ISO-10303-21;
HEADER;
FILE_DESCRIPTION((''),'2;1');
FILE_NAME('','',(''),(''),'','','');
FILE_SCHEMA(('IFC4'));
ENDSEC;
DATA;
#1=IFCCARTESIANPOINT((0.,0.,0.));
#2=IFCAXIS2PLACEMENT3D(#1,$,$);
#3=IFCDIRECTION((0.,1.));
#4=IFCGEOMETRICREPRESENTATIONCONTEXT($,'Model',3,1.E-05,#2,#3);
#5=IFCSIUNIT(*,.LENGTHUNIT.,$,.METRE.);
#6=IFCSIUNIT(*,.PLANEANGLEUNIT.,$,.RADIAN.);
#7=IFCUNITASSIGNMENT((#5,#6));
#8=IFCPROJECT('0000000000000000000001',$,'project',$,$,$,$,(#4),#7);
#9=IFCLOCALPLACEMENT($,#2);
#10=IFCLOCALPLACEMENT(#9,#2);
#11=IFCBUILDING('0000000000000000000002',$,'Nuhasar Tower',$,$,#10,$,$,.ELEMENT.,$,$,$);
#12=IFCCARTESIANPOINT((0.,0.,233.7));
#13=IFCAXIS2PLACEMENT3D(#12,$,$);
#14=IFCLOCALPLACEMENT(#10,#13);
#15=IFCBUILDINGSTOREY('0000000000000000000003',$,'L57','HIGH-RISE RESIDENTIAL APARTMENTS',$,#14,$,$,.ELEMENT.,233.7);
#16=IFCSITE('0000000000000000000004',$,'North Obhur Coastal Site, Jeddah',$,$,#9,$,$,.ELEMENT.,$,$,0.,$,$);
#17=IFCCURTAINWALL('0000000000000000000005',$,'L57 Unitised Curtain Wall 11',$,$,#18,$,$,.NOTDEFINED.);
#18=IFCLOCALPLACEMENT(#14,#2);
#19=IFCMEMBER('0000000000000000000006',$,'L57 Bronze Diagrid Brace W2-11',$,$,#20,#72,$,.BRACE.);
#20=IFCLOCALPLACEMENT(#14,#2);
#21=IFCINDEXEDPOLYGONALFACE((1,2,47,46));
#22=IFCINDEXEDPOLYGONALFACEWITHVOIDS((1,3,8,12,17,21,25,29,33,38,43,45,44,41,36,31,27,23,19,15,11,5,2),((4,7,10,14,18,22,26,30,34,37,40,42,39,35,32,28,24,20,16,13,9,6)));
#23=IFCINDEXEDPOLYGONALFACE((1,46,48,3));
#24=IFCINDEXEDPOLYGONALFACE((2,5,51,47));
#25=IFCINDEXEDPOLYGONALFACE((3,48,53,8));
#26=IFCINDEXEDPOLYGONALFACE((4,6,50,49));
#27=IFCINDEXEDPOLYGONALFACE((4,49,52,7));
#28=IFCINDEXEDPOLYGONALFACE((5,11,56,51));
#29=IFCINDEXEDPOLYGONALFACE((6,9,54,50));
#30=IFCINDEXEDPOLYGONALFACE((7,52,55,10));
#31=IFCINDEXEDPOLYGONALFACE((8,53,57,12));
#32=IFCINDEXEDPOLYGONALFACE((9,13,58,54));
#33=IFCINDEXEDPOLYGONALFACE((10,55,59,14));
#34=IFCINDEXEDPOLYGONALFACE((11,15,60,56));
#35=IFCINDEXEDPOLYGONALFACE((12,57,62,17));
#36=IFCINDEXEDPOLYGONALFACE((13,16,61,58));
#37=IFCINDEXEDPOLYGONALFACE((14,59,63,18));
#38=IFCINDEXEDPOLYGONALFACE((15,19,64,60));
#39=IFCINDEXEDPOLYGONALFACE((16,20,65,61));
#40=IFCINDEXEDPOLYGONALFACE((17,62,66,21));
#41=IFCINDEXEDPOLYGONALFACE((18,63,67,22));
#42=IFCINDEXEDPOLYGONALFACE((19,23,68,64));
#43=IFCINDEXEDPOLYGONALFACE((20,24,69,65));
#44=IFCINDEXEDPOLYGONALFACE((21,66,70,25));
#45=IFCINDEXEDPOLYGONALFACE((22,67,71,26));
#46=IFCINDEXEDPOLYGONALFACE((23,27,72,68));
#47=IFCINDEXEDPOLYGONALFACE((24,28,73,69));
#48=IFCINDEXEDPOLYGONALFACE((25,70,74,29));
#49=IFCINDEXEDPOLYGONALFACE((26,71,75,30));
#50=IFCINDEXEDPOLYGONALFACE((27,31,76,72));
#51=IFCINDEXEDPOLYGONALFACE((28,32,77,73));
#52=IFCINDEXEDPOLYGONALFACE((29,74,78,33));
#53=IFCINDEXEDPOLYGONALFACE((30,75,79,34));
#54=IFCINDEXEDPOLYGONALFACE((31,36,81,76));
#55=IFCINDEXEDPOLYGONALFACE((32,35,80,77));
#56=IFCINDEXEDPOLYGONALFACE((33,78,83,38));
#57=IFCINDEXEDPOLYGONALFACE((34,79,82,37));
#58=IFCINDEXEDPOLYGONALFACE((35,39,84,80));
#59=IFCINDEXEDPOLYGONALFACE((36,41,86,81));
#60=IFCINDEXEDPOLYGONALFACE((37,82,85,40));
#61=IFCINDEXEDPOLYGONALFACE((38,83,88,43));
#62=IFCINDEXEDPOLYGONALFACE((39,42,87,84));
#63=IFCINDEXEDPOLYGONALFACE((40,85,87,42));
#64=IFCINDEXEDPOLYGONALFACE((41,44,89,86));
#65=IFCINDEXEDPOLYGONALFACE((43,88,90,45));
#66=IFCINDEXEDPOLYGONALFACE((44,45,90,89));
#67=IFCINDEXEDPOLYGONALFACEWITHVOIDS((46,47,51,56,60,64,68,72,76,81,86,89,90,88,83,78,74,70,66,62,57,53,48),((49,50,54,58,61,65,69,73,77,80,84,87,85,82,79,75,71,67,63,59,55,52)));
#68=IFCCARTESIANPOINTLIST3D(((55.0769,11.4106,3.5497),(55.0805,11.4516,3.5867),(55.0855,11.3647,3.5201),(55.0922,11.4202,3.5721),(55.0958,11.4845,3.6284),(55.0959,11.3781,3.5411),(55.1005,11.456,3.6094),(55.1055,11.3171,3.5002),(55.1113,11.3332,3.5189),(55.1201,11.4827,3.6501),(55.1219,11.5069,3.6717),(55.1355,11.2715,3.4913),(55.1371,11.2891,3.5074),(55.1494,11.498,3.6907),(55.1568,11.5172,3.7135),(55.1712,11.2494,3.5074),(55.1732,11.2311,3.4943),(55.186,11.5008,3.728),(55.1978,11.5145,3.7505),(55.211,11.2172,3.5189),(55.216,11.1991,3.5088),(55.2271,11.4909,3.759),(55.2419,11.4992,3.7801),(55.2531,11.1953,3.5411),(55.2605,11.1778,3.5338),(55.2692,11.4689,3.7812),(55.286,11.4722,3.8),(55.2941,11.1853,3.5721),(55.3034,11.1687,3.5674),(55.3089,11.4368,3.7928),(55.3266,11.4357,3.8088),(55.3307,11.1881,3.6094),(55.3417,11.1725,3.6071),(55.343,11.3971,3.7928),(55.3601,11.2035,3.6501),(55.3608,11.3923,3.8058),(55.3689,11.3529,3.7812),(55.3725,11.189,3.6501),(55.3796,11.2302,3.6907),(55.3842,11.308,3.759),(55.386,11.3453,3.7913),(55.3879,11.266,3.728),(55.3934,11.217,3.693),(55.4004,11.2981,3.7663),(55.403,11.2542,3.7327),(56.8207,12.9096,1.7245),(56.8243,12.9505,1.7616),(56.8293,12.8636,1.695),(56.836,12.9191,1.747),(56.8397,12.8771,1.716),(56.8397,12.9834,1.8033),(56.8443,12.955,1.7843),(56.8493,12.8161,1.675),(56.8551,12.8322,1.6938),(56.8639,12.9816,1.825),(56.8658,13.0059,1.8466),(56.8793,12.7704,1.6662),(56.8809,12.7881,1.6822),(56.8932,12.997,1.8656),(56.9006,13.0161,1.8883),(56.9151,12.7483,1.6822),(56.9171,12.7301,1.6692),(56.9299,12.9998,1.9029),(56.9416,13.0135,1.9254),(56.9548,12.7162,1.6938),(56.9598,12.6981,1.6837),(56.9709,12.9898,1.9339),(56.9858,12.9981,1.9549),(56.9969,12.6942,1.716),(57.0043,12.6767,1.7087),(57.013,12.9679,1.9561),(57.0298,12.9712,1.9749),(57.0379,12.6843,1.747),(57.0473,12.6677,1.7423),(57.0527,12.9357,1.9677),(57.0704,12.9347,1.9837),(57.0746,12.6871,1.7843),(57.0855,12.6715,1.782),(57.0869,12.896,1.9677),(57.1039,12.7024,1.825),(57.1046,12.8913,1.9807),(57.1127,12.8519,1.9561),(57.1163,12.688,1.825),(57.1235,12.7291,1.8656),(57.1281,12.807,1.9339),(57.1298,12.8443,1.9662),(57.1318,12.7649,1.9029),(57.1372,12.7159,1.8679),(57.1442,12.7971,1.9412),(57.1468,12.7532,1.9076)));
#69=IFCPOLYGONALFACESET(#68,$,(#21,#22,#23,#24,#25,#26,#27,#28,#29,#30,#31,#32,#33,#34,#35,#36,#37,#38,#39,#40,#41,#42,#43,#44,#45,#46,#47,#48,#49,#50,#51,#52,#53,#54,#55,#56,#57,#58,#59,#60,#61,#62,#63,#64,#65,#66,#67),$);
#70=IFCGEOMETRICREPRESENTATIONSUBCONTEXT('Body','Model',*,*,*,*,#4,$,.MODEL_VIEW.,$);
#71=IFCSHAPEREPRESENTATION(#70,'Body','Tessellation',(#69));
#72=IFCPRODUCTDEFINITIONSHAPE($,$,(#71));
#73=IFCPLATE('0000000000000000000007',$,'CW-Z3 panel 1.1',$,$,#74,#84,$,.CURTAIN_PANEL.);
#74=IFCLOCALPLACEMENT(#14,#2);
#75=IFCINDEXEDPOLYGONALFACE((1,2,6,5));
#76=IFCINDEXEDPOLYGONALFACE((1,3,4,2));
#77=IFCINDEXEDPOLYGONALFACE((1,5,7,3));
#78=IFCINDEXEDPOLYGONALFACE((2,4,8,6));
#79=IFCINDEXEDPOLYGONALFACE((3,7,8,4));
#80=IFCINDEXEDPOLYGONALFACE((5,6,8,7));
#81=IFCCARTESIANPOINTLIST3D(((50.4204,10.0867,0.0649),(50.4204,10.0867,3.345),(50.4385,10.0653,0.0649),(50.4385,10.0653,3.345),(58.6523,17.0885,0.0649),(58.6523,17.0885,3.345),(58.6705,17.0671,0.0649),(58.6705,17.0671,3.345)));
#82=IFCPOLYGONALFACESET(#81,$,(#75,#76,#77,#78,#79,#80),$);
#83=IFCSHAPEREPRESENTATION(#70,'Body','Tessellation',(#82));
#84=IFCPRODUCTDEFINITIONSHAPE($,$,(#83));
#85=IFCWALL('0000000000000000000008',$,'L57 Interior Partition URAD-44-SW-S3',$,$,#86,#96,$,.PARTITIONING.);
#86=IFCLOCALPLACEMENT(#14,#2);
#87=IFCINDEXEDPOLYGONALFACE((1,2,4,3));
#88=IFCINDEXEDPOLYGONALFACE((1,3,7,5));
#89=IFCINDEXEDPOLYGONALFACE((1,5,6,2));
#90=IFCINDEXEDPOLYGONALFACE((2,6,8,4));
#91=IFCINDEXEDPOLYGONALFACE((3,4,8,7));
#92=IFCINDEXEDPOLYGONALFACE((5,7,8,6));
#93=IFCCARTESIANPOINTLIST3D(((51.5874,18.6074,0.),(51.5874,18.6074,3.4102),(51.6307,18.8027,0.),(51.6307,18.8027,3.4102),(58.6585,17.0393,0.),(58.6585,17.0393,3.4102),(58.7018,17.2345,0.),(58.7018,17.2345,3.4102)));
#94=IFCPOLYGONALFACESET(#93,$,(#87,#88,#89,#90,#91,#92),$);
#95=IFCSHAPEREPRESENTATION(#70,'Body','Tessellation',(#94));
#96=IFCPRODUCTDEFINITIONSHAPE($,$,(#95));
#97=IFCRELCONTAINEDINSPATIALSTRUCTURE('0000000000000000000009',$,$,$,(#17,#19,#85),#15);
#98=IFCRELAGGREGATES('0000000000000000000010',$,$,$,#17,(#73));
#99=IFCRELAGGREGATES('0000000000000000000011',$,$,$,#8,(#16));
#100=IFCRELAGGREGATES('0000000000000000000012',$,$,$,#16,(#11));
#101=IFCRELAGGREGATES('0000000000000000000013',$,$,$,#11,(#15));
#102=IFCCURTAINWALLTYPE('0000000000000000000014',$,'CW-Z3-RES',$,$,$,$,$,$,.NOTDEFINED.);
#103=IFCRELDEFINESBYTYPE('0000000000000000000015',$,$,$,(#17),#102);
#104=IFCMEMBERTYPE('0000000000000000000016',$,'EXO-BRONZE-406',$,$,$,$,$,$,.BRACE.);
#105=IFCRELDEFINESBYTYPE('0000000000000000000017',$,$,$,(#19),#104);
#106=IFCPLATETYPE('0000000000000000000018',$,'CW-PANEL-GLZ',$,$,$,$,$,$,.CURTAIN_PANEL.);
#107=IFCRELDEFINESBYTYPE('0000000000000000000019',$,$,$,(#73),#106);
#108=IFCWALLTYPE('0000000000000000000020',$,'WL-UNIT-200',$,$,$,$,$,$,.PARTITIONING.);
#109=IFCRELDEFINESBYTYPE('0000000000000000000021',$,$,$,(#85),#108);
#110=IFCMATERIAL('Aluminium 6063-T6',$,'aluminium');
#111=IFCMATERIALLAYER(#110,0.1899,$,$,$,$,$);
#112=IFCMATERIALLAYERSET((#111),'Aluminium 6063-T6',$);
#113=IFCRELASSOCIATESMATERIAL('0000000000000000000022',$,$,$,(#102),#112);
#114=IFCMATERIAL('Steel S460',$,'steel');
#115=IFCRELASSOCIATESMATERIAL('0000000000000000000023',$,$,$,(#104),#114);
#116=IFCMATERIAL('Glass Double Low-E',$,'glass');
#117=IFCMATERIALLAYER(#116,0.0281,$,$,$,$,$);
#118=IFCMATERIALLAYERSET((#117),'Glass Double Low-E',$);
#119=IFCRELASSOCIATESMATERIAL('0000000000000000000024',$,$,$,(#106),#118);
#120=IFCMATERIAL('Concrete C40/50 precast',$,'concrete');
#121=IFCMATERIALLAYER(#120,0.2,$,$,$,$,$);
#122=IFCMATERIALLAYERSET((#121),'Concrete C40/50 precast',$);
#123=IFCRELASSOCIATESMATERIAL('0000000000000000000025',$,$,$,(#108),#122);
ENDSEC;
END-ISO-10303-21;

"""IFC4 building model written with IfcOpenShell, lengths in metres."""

from ifc_helpers import new_model, si_unit, direction, frame, frame_2d, origin, origin_2d, place, context, subcontext, project, spatial, rectangle, hollow_circle, extrude, material, layer, layer_set, material_profile, profile_set, type_object, element, aggregate, save


model = new_model("IFC4")

# Units and contexts
model_context = context("Model", 3, precision=1e-05, world=origin(), true_north=direction((0.0, 1.0)))
body_context = subcontext(model_context, "Body", "Model", "MODEL_VIEW")
ifc_project = project(units=[si_unit("LENGTHUNIT", "METRE"), si_unit("PLANEANGLEUNIT", "RADIAN")], contexts=[model_context])

# Site, building, storey
site_placement = place(None, origin())
site = spatial("IfcSite", under=ifc_project, at=site_placement, Name="North Obhur Coastal Site, Jeddah", CompositionType="ELEMENT", RefElevation=0.0)
building_placement = place(site_placement, origin())
building = spatial("IfcBuilding", under=site, at=building_placement, Name="Nuhasar Tower", CompositionType="ELEMENT")
storey_placement = place(building_placement, frame((0.0, 0.0, 233.7)))
storey = spatial("IfcBuildingStorey", under=building, at=storey_placement, Name="L57", Description="HIGH-RISE RESIDENTIAL APARTMENTS", CompositionType="ELEMENT", Elevation=233.7)

# Shared definitions
ifc_material_1 = material(Name="Aluminium 6063-T6", Category="aluminium")
ifc_layer_1 = layer(ifc_material_1, 0.1899)
ifc_layer_set_1 = layer_set([ifc_layer_1], Name="Aluminium 6063-T6")
curtain_wall_type = type_object("IfcCurtainWallType", Name="CW-Z3-RES", PredefinedType="NOTDEFINED", material=ifc_layer_set_1)

# Curtain wall
curtain_wall_1_placement = place(storey_placement, origin())
curtain_wall_1 = element("IfcCurtainWall", 1, at=curtain_wall_1_placement, inside=storey, type_object=curtain_wall_type, Name="L57 Unitised Curtain Wall 11", PredefinedType="NOTDEFINED")

# Member
ifc_material_2 = material(Name="Steel S460", Category="steel")
ifc_material_profile_1 = material_profile(ifc_material_2, hollow_circle(Radius=0.2031, WallThickness=0.019, at=origin_2d()), Name="HSS406.4X19.1")
ifc_profile_set_1 = profile_set([ifc_material_profile_1], Name="Steel S460")
member_type_1 = type_object("IfcMemberType", Name="EXO-BRONZE-406", PredefinedType="BRACE", material=ifc_profile_set_1)
for number, where, z_axis, x_axis, name in (
    (2, (56.9839, 12.842, 1.825), (-0.593988, -0.510582, 0.621679), (0.651857, -0.758342, 0.0), "L57 Bronze Diagrid Brace W2-11"),
):
    element("IfcMember", number, at=place(storey_placement, frame(where, z_axis=z_axis, x_axis=x_axis)), inside=storey, type_object=member_type_1, Name=name, PredefinedType="BRACE", context=body_context, shape_type="SweptSolid", body=[
        extrude(hollow_circle(Radius=0.2031, WallThickness=0.019, at=origin_2d()), origin(), (0.0, 0.0, 1.0), 2.9358),
    ])

# Plate
ifc_material_3 = material(Name="Glass Double Low-E", Category="glass")
ifc_layer_2 = layer(ifc_material_3, 0.0281)
ifc_layer_set_2 = layer_set([ifc_layer_2], Name="Glass Double Low-E")
plate_type = type_object("IfcPlateType", Name="CW-PANEL-GLZ", PredefinedType="CURTAIN_PANEL", material=ifc_layer_set_2)
plate_placement = place(storey_placement, frame((54.5454, 13.5769, 0.0649), z_axis=(0.0, 0.0, 1.0), x_axis=(0.761729, 0.647895, 0.0)))
plate = element("IfcPlate", 3, at=plate_placement, type_object=plate_type, Name="CW-Z3 panel 1.1", PredefinedType="CURTAIN_PANEL", context=body_context, shape_type="SweptSolid", body=[
    extrude(rectangle(XDim=10.8069, YDim=0.0281, at=origin_2d()), origin(), (0.0, 0.0, 1.0), 3.28),
])
aggregate(curtain_wall_1, [plate])

# Wall
ifc_material_4 = material(Name="Concrete C40/50 precast", Category="concrete")
ifc_layer_3 = layer(ifc_material_4, 0.2)
ifc_layer_set_3 = layer_set([ifc_layer_3], Name="Concrete C40/50 precast")
wall_type = type_object("IfcWallType", Name="WL-UNIT-200", PredefinedType="PARTITIONING", material=ifc_layer_set_3)
wall_placement = place(storey_placement, frame((51.6089, 18.7051, 0.0), z_axis=(0.0, 0.0, 1.0), x_axis=(0.976281, -0.216506, 0.0)))
element("IfcWall", 4, at=wall_placement, inside=storey, type_object=wall_type, Name="L57 Interior Partition URAD-44-SW-S3", PredefinedType="PARTITIONING", context=body_context, shape_type="SweptSolid", body=[
    extrude(rectangle(XDim=7.2429, YDim=0.2, at=frame_2d((3.6216, 0.0))), origin(), (0.0, 0.0, 1.0), 3.4102),
])

save(model, "model.ifc")
